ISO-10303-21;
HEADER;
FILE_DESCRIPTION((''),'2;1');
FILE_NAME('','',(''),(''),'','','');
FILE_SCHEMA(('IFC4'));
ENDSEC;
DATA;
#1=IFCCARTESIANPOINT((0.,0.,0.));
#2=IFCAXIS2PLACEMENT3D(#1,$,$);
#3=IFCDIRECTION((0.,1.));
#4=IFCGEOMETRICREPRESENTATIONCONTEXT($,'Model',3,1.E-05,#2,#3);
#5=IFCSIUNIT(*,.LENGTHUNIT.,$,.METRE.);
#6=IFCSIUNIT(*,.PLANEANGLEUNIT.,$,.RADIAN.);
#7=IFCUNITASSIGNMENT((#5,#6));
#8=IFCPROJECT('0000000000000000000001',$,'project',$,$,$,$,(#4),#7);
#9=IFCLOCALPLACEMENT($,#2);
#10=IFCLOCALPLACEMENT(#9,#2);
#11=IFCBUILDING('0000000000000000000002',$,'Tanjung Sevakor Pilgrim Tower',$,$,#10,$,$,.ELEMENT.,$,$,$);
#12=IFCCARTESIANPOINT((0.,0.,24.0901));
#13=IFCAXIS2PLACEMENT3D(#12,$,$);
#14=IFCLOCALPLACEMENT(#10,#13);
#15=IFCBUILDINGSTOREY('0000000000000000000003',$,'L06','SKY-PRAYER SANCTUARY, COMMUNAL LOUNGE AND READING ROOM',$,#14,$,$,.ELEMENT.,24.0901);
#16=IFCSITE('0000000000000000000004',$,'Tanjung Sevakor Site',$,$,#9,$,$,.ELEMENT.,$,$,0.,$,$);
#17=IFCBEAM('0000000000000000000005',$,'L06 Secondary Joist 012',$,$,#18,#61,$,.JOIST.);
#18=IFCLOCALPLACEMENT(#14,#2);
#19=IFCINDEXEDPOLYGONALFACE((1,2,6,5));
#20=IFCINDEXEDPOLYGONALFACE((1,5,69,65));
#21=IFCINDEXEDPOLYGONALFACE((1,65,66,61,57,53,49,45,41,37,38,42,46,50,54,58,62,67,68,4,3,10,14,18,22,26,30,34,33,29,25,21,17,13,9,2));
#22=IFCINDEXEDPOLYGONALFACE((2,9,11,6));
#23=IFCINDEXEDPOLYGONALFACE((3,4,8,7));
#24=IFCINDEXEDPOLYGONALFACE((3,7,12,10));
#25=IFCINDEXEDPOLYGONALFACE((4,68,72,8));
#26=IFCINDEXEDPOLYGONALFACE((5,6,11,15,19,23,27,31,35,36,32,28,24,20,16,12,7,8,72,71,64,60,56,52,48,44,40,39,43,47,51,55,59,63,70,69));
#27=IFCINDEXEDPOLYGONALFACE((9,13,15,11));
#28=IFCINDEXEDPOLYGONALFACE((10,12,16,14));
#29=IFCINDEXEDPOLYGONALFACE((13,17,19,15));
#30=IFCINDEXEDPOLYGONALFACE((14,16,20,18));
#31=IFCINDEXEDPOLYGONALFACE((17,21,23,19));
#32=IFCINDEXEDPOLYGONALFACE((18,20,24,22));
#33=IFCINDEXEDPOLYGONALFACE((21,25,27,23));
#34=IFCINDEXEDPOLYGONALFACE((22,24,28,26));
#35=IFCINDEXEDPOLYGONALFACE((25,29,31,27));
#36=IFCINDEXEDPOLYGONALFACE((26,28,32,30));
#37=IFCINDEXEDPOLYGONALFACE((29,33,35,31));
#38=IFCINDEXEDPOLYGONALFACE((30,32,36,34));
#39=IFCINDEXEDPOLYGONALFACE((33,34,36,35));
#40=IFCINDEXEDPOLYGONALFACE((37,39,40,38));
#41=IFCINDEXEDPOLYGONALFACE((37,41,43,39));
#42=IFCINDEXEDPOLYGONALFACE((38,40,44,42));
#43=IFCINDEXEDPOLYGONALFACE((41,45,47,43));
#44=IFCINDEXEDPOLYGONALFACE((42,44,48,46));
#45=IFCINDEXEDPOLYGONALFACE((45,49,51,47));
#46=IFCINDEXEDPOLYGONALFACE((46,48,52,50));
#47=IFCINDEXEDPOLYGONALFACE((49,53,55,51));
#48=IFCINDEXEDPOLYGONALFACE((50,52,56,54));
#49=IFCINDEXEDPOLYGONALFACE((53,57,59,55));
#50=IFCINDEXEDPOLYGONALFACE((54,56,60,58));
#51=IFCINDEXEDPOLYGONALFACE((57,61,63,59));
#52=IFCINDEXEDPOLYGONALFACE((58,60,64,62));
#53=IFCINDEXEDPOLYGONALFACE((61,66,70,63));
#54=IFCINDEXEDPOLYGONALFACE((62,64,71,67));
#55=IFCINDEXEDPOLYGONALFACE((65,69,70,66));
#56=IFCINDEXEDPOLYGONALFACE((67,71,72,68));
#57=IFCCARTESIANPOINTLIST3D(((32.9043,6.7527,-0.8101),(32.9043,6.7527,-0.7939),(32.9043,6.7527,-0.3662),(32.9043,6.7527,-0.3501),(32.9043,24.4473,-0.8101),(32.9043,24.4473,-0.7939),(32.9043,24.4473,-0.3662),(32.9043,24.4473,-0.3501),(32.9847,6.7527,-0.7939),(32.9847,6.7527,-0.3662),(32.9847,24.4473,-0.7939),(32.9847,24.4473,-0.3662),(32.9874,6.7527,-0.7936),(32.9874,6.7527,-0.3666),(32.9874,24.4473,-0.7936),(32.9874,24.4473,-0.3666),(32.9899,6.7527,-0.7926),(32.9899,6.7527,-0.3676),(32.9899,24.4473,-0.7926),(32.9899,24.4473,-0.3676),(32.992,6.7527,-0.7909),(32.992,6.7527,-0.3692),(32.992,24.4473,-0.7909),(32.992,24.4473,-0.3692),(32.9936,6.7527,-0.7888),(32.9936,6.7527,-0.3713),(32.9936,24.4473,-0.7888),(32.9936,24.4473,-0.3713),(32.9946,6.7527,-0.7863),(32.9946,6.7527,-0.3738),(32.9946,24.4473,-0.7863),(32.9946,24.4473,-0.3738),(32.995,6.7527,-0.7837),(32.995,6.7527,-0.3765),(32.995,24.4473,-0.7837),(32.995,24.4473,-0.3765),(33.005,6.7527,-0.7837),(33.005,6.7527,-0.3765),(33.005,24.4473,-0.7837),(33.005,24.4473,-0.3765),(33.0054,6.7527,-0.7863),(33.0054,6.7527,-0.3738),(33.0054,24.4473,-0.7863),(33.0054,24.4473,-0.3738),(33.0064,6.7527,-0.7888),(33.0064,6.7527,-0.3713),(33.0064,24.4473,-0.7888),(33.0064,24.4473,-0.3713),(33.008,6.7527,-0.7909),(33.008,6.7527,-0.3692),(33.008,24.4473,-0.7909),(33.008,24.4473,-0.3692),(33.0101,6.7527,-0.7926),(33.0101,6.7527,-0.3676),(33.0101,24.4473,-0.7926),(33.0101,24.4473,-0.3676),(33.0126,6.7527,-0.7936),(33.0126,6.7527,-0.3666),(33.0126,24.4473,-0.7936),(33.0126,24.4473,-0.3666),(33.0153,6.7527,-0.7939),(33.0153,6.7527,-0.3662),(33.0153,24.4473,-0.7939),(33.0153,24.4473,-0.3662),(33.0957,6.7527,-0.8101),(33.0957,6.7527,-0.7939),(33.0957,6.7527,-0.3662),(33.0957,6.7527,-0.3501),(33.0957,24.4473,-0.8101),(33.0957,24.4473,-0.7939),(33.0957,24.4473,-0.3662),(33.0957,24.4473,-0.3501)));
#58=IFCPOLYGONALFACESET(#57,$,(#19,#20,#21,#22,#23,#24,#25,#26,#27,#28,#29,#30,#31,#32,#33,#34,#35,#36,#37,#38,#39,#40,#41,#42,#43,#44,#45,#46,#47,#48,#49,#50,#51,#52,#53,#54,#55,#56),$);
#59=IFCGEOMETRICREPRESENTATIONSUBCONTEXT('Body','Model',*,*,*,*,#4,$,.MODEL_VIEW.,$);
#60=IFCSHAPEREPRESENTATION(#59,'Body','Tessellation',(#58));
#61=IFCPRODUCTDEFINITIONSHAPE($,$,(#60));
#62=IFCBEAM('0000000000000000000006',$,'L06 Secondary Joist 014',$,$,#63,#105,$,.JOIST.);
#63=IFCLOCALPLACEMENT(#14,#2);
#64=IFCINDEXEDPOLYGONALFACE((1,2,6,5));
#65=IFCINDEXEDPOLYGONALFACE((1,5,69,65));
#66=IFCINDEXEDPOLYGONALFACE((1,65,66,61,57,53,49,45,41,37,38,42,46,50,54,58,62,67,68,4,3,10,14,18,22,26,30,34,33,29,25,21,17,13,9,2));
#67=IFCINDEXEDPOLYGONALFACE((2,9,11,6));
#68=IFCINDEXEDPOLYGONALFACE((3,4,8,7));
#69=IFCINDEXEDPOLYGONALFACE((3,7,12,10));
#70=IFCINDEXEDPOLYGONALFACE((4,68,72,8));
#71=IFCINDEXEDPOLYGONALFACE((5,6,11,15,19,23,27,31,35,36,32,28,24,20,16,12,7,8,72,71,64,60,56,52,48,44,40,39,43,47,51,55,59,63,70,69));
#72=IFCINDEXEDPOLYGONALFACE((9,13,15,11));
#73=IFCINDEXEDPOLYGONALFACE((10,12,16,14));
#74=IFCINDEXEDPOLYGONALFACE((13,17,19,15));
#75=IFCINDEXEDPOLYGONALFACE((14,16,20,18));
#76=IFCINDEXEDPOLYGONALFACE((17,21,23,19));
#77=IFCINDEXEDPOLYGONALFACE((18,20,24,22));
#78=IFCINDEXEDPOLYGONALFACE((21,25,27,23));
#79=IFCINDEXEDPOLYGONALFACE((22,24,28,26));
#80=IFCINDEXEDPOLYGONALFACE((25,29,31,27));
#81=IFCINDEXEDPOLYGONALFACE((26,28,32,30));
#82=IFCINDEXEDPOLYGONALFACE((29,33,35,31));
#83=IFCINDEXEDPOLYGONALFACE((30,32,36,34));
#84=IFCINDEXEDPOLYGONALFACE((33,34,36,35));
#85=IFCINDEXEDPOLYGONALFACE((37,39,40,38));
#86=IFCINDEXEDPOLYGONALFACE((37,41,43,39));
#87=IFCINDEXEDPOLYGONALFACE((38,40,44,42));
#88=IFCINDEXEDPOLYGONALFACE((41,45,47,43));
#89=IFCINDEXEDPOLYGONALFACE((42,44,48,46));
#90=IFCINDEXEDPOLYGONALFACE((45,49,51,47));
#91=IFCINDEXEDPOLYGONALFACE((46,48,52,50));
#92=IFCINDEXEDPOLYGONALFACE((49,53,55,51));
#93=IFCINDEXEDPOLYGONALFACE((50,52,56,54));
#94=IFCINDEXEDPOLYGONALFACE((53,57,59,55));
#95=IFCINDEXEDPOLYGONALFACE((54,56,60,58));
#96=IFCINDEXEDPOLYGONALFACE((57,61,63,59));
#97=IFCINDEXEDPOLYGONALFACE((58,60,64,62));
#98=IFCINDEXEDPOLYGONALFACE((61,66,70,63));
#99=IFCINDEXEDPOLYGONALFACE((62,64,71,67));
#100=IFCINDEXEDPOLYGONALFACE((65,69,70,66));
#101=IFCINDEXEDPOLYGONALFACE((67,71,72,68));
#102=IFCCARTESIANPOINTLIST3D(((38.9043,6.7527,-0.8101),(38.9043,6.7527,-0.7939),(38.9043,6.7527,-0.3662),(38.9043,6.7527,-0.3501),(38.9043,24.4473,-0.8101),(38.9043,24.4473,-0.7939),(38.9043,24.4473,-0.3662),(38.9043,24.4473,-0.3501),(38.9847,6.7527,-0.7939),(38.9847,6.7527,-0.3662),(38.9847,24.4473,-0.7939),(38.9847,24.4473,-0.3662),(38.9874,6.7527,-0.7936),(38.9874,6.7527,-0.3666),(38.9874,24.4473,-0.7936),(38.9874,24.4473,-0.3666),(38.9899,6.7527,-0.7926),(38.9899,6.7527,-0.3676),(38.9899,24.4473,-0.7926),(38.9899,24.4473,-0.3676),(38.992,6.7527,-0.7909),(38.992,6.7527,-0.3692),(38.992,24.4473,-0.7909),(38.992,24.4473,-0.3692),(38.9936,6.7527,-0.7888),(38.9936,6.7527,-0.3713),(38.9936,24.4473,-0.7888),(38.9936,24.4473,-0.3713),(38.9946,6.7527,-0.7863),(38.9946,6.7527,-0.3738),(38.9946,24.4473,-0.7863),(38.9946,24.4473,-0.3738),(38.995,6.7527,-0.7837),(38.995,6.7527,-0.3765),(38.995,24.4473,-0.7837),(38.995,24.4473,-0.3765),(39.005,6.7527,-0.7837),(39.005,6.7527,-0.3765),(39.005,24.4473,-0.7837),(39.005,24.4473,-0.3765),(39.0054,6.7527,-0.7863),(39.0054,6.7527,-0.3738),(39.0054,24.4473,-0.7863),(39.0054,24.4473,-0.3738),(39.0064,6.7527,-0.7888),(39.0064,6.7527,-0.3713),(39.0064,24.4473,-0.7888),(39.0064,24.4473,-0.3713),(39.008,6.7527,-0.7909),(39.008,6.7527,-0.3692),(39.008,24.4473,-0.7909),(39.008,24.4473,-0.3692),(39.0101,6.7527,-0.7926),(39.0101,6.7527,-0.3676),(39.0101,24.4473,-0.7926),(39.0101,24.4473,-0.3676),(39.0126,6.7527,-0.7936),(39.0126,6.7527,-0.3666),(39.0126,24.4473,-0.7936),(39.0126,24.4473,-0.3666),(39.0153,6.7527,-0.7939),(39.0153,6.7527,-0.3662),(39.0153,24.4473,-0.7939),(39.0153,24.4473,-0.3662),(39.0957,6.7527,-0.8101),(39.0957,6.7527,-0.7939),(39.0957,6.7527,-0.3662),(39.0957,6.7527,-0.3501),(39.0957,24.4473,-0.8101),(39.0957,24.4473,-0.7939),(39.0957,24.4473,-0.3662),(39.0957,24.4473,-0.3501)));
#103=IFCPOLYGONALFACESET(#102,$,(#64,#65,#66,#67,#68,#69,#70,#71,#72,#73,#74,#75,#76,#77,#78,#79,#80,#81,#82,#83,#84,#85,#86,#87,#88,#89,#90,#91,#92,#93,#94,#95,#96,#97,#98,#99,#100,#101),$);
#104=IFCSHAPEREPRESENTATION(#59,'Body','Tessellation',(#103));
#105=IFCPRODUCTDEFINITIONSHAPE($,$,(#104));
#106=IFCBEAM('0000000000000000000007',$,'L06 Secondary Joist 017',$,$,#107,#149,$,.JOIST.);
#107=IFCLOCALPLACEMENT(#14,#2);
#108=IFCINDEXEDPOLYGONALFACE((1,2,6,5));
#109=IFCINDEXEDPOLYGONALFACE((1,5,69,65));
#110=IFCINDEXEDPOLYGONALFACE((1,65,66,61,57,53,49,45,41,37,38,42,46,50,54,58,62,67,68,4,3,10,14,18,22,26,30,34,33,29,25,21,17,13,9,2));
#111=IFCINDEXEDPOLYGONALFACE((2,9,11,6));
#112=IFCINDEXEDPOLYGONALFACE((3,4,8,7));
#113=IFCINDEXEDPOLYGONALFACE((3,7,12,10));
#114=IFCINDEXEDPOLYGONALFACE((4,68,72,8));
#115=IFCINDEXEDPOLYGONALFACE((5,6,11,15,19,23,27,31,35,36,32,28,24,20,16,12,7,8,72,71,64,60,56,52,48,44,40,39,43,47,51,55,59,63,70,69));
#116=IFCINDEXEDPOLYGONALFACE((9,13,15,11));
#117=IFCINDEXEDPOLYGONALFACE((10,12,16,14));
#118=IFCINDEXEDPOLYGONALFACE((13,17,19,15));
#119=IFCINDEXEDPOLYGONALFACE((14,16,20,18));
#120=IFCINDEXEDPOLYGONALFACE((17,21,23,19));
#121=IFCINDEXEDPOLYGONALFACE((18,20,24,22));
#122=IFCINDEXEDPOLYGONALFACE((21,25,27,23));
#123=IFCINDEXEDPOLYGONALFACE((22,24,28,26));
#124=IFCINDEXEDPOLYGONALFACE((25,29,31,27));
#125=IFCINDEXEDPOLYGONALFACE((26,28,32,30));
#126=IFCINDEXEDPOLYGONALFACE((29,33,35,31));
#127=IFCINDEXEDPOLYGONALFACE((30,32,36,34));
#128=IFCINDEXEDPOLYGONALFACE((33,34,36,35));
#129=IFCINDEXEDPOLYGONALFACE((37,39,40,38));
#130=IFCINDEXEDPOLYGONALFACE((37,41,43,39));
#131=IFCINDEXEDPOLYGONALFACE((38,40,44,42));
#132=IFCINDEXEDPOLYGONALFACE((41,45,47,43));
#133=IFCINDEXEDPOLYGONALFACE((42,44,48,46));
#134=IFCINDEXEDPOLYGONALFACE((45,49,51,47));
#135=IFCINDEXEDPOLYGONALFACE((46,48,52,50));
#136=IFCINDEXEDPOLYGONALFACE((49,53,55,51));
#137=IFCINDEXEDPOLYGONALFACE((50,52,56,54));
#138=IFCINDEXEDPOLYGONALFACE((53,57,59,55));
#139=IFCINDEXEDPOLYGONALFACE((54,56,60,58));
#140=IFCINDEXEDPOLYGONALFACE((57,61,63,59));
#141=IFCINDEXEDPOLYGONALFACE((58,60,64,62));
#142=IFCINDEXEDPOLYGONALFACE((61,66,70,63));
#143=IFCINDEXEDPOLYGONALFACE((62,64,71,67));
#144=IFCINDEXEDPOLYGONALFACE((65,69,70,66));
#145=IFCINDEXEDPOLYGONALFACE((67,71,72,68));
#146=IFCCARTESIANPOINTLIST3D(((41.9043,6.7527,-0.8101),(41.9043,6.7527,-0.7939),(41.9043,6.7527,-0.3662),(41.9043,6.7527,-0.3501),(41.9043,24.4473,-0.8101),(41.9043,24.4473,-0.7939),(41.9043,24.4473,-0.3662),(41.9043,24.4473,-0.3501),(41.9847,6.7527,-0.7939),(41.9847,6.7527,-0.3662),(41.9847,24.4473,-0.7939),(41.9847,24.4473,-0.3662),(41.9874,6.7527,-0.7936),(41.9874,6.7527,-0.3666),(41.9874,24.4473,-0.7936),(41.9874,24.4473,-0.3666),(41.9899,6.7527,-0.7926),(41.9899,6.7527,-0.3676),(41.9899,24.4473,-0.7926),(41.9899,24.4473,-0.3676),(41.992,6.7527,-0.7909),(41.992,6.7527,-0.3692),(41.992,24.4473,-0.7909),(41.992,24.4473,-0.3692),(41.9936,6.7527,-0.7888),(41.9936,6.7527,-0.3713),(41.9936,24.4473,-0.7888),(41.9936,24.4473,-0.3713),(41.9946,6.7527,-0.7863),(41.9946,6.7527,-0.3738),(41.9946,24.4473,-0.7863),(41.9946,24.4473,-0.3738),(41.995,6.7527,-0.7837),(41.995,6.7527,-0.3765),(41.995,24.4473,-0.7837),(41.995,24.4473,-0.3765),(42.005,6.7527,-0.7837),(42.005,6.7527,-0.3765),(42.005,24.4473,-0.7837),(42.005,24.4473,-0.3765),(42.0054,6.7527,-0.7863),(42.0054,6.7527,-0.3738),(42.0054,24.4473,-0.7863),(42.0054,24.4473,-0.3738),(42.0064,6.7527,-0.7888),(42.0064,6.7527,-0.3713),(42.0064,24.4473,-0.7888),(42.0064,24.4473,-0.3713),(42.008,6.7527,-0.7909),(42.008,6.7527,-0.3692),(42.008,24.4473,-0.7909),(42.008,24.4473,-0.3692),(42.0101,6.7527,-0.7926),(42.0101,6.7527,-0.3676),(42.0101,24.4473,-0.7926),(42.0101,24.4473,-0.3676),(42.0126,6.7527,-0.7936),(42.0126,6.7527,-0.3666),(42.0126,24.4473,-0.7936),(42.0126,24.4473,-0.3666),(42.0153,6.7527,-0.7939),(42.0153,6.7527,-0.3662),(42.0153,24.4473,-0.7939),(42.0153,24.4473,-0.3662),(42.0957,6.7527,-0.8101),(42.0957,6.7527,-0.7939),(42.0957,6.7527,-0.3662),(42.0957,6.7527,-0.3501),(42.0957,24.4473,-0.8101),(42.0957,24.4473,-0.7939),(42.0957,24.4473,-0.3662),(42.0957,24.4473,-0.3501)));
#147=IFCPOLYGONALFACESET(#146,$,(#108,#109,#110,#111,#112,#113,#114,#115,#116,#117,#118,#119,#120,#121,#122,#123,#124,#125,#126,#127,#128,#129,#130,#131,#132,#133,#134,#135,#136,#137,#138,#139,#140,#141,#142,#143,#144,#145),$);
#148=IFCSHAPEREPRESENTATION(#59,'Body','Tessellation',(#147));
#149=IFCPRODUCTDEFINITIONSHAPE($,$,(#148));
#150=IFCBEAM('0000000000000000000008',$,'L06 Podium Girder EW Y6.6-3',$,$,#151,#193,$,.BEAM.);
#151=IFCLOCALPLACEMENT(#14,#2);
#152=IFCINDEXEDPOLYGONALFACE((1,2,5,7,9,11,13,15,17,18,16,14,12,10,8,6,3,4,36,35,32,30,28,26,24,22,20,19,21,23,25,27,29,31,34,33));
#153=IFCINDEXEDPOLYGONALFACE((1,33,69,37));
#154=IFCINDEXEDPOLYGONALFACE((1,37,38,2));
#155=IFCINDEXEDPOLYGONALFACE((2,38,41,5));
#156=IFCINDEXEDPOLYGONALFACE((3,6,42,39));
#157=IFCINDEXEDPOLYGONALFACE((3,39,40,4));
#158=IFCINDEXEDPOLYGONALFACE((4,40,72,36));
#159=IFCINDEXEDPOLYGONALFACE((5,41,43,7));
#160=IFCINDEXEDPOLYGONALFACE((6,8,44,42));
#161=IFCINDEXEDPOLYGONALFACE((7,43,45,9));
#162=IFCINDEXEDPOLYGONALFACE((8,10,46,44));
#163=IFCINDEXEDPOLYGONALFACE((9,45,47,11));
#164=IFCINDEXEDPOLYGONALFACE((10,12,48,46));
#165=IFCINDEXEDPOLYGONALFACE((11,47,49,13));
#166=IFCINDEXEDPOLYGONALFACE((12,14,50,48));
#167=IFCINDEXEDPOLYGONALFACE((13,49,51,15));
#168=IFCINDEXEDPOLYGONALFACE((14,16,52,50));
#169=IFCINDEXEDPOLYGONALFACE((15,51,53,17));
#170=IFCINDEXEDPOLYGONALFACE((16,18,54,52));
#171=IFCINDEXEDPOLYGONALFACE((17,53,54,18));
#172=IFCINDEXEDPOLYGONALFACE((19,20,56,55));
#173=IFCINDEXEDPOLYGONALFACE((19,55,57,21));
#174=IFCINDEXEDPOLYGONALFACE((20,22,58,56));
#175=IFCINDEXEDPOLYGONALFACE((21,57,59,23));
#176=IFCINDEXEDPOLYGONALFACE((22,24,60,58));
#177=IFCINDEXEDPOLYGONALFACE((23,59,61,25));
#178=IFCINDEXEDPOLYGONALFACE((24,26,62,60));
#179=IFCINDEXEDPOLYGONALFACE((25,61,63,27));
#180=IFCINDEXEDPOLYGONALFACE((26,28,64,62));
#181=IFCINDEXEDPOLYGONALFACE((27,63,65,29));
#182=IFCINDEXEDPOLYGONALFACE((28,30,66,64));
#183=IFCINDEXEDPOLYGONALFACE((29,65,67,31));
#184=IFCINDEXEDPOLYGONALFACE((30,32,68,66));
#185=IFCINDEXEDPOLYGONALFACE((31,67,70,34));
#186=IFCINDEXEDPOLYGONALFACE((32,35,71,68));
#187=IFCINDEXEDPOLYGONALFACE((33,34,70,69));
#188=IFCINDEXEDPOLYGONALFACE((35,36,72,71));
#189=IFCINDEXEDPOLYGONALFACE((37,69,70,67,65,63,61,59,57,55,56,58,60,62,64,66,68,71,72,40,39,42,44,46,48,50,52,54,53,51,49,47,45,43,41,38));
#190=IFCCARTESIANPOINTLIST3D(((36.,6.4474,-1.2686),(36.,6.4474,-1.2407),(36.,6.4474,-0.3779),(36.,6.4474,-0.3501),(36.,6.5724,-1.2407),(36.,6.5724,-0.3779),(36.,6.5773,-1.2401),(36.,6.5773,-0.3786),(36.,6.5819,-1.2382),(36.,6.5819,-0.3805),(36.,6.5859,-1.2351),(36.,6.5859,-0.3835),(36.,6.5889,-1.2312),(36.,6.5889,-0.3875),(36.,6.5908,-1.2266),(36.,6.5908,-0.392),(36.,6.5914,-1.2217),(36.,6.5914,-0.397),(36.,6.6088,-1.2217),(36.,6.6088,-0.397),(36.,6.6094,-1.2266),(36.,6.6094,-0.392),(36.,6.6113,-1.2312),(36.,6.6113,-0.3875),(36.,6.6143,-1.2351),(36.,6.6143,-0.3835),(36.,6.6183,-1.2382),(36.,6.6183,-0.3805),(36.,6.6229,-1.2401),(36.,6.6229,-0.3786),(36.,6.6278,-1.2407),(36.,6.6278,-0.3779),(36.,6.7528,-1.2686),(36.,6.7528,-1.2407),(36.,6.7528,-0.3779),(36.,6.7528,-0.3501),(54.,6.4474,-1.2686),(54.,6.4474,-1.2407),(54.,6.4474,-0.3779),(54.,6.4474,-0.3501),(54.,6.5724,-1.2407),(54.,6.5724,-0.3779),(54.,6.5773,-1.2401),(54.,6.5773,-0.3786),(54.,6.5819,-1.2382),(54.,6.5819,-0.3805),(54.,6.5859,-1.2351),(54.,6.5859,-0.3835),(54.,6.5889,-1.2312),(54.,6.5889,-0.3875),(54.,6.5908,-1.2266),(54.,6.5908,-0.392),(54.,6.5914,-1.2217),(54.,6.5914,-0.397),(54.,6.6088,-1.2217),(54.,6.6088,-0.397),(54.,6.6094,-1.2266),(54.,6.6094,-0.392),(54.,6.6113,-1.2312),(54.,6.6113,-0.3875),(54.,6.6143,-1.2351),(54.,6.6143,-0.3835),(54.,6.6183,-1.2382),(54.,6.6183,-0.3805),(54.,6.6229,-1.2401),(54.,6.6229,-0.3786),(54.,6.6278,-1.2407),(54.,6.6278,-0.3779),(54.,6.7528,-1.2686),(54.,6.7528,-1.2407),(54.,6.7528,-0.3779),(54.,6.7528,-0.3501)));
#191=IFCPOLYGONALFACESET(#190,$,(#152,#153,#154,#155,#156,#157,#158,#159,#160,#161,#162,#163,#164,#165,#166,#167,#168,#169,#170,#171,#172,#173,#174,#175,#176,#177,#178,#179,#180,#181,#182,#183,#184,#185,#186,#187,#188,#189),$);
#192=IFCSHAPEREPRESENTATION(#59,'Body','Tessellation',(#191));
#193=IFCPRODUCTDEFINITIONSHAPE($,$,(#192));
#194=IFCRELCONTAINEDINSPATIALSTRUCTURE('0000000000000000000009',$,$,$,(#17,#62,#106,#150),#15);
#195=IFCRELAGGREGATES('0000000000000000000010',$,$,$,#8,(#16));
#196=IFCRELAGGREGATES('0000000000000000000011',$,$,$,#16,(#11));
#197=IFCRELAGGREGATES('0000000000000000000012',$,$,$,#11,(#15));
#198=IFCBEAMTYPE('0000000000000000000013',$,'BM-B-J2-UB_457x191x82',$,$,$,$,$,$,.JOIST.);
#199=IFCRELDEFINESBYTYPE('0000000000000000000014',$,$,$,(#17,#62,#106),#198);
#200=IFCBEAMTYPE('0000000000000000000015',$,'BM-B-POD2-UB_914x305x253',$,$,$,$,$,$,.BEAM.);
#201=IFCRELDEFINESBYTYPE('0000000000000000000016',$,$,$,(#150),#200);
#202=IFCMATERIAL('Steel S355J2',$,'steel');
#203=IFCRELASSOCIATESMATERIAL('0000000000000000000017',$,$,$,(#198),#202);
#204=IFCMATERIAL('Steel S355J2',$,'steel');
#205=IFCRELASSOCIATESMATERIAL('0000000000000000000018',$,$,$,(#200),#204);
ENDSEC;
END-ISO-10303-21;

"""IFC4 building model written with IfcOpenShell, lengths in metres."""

from ifc_helpers import new_model, si_unit, direction, frame, origin, origin_2d, place, context, subcontext, project, spatial, i_section, extrude, material, material_profile, profile_set, type_object, element, save


model = new_model("IFC4")

# Units and contexts
model_context = context("Model", 3, precision=1e-05, world=origin(), true_north=direction((0.0, 1.0)))
body_context = subcontext(model_context, "Body", "Model", "MODEL_VIEW")
ifc_project = project(units=[si_unit("LENGTHUNIT", "METRE"), si_unit("PLANEANGLEUNIT", "RADIAN")], contexts=[model_context])

# Site, building, storey
site_placement = place(None, origin())
site = spatial("IfcSite", under=ifc_project, at=site_placement, Name="Tanjung Sevakor Site", CompositionType="ELEMENT", RefElevation=0.0)
building_placement = place(site_placement, origin())
building = spatial("IfcBuilding", under=site, at=building_placement, Name="Tanjung Sevakor Pilgrim Tower", CompositionType="ELEMENT")
storey_placement = place(building_placement, frame((0.0, 0.0, 24.0901)))
storey = spatial("IfcBuildingStorey", under=building, at=storey_placement, Name="L06", Description="SKY-PRAYER SANCTUARY, COMMUNAL LOUNGE AND READING ROOM", CompositionType="ELEMENT", Elevation=24.0901)

# Beams
ifc_material_1 = material(Name="Steel S355J2", Category="steel")
ifc_material_profile_1 = material_profile(ifc_material_1, i_section(OverallWidth=0.1914, OverallDepth=0.46, WebThickness=0.01, FlangeThickness=0.0161, FilletRadius=0.0103, at=origin_2d()))
ifc_profile_set_1 = profile_set([ifc_material_profile_1], Name="Steel S355J2")
beam_type_1 = type_object("IfcBeamType", Name="BM-B-J2-UB_457x191x82", PredefinedType="JOIST", material=ifc_profile_set_1)
for number, where, z_axis, x_axis, name in (
    (1, (33.0, 6.7527, -0.5801), (0.0, 1.0, 0.0), (-1.0, 0.0, 0.0), "L06 Secondary Joist 012"),
    (2, (39.0, 6.7527, -0.5801), (0.0, 1.0, 0.0), (-1.0, 0.0, 0.0), "L06 Secondary Joist 014"),
    (3, (42.0, 6.7527, -0.5801), (0.0, 1.0, 0.0), (-1.0, 0.0, 0.0), "L06 Secondary Joist 017"),
):
    element("IfcBeam", number, at=place(storey_placement, frame(where, z_axis=z_axis, x_axis=x_axis)), inside=storey, type_object=beam_type_1, Name=name, PredefinedType="JOIST", context=body_context, shape_type="SweptSolid", body=[
        extrude(i_section(OverallWidth=0.1914, OverallDepth=0.46, WebThickness=0.01, FlangeThickness=0.0161, FilletRadius=0.0103, at=origin_2d()), origin(), (0.0, 0.0, 1.0), 17.6946),
    ])
ifc_material_2 = material(Name="Steel S355J2", Category="steel")
ifc_material_profile_2 = material_profile(ifc_material_2, i_section(OverallWidth=0.3054, OverallDepth=0.9185, WebThickness=0.0173, FlangeThickness=0.0278, FilletRadius=0.019, at=origin_2d()))
ifc_profile_set_2 = profile_set([ifc_material_profile_2], Name="Steel S355J2")
beam_type_2 = type_object("IfcBeamType", Name="BM-B-POD2-UB_914x305x253", PredefinedType="BEAM", material=ifc_profile_set_2)
beam_1_placement = place(storey_placement, frame((36.0, 6.6001, -0.8093), z_axis=(1.0, 0.0, 0.0), x_axis=(0.0, 1.0, 0.0)))
element("IfcBeam", 4, at=beam_1_placement, inside=storey, type_object=beam_type_2, Name="L06 Podium Girder EW Y6.6-3", PredefinedType="BEAM", context=body_context, shape_type="SweptSolid", body=[
    extrude(i_section(OverallWidth=0.3054, OverallDepth=0.9185, WebThickness=0.0173, FlangeThickness=0.0278, FilletRadius=0.019, at=origin_2d()), origin(), (0.0, 0.0, 1.0), 18.0),
])

save(model, "model.ifc")
